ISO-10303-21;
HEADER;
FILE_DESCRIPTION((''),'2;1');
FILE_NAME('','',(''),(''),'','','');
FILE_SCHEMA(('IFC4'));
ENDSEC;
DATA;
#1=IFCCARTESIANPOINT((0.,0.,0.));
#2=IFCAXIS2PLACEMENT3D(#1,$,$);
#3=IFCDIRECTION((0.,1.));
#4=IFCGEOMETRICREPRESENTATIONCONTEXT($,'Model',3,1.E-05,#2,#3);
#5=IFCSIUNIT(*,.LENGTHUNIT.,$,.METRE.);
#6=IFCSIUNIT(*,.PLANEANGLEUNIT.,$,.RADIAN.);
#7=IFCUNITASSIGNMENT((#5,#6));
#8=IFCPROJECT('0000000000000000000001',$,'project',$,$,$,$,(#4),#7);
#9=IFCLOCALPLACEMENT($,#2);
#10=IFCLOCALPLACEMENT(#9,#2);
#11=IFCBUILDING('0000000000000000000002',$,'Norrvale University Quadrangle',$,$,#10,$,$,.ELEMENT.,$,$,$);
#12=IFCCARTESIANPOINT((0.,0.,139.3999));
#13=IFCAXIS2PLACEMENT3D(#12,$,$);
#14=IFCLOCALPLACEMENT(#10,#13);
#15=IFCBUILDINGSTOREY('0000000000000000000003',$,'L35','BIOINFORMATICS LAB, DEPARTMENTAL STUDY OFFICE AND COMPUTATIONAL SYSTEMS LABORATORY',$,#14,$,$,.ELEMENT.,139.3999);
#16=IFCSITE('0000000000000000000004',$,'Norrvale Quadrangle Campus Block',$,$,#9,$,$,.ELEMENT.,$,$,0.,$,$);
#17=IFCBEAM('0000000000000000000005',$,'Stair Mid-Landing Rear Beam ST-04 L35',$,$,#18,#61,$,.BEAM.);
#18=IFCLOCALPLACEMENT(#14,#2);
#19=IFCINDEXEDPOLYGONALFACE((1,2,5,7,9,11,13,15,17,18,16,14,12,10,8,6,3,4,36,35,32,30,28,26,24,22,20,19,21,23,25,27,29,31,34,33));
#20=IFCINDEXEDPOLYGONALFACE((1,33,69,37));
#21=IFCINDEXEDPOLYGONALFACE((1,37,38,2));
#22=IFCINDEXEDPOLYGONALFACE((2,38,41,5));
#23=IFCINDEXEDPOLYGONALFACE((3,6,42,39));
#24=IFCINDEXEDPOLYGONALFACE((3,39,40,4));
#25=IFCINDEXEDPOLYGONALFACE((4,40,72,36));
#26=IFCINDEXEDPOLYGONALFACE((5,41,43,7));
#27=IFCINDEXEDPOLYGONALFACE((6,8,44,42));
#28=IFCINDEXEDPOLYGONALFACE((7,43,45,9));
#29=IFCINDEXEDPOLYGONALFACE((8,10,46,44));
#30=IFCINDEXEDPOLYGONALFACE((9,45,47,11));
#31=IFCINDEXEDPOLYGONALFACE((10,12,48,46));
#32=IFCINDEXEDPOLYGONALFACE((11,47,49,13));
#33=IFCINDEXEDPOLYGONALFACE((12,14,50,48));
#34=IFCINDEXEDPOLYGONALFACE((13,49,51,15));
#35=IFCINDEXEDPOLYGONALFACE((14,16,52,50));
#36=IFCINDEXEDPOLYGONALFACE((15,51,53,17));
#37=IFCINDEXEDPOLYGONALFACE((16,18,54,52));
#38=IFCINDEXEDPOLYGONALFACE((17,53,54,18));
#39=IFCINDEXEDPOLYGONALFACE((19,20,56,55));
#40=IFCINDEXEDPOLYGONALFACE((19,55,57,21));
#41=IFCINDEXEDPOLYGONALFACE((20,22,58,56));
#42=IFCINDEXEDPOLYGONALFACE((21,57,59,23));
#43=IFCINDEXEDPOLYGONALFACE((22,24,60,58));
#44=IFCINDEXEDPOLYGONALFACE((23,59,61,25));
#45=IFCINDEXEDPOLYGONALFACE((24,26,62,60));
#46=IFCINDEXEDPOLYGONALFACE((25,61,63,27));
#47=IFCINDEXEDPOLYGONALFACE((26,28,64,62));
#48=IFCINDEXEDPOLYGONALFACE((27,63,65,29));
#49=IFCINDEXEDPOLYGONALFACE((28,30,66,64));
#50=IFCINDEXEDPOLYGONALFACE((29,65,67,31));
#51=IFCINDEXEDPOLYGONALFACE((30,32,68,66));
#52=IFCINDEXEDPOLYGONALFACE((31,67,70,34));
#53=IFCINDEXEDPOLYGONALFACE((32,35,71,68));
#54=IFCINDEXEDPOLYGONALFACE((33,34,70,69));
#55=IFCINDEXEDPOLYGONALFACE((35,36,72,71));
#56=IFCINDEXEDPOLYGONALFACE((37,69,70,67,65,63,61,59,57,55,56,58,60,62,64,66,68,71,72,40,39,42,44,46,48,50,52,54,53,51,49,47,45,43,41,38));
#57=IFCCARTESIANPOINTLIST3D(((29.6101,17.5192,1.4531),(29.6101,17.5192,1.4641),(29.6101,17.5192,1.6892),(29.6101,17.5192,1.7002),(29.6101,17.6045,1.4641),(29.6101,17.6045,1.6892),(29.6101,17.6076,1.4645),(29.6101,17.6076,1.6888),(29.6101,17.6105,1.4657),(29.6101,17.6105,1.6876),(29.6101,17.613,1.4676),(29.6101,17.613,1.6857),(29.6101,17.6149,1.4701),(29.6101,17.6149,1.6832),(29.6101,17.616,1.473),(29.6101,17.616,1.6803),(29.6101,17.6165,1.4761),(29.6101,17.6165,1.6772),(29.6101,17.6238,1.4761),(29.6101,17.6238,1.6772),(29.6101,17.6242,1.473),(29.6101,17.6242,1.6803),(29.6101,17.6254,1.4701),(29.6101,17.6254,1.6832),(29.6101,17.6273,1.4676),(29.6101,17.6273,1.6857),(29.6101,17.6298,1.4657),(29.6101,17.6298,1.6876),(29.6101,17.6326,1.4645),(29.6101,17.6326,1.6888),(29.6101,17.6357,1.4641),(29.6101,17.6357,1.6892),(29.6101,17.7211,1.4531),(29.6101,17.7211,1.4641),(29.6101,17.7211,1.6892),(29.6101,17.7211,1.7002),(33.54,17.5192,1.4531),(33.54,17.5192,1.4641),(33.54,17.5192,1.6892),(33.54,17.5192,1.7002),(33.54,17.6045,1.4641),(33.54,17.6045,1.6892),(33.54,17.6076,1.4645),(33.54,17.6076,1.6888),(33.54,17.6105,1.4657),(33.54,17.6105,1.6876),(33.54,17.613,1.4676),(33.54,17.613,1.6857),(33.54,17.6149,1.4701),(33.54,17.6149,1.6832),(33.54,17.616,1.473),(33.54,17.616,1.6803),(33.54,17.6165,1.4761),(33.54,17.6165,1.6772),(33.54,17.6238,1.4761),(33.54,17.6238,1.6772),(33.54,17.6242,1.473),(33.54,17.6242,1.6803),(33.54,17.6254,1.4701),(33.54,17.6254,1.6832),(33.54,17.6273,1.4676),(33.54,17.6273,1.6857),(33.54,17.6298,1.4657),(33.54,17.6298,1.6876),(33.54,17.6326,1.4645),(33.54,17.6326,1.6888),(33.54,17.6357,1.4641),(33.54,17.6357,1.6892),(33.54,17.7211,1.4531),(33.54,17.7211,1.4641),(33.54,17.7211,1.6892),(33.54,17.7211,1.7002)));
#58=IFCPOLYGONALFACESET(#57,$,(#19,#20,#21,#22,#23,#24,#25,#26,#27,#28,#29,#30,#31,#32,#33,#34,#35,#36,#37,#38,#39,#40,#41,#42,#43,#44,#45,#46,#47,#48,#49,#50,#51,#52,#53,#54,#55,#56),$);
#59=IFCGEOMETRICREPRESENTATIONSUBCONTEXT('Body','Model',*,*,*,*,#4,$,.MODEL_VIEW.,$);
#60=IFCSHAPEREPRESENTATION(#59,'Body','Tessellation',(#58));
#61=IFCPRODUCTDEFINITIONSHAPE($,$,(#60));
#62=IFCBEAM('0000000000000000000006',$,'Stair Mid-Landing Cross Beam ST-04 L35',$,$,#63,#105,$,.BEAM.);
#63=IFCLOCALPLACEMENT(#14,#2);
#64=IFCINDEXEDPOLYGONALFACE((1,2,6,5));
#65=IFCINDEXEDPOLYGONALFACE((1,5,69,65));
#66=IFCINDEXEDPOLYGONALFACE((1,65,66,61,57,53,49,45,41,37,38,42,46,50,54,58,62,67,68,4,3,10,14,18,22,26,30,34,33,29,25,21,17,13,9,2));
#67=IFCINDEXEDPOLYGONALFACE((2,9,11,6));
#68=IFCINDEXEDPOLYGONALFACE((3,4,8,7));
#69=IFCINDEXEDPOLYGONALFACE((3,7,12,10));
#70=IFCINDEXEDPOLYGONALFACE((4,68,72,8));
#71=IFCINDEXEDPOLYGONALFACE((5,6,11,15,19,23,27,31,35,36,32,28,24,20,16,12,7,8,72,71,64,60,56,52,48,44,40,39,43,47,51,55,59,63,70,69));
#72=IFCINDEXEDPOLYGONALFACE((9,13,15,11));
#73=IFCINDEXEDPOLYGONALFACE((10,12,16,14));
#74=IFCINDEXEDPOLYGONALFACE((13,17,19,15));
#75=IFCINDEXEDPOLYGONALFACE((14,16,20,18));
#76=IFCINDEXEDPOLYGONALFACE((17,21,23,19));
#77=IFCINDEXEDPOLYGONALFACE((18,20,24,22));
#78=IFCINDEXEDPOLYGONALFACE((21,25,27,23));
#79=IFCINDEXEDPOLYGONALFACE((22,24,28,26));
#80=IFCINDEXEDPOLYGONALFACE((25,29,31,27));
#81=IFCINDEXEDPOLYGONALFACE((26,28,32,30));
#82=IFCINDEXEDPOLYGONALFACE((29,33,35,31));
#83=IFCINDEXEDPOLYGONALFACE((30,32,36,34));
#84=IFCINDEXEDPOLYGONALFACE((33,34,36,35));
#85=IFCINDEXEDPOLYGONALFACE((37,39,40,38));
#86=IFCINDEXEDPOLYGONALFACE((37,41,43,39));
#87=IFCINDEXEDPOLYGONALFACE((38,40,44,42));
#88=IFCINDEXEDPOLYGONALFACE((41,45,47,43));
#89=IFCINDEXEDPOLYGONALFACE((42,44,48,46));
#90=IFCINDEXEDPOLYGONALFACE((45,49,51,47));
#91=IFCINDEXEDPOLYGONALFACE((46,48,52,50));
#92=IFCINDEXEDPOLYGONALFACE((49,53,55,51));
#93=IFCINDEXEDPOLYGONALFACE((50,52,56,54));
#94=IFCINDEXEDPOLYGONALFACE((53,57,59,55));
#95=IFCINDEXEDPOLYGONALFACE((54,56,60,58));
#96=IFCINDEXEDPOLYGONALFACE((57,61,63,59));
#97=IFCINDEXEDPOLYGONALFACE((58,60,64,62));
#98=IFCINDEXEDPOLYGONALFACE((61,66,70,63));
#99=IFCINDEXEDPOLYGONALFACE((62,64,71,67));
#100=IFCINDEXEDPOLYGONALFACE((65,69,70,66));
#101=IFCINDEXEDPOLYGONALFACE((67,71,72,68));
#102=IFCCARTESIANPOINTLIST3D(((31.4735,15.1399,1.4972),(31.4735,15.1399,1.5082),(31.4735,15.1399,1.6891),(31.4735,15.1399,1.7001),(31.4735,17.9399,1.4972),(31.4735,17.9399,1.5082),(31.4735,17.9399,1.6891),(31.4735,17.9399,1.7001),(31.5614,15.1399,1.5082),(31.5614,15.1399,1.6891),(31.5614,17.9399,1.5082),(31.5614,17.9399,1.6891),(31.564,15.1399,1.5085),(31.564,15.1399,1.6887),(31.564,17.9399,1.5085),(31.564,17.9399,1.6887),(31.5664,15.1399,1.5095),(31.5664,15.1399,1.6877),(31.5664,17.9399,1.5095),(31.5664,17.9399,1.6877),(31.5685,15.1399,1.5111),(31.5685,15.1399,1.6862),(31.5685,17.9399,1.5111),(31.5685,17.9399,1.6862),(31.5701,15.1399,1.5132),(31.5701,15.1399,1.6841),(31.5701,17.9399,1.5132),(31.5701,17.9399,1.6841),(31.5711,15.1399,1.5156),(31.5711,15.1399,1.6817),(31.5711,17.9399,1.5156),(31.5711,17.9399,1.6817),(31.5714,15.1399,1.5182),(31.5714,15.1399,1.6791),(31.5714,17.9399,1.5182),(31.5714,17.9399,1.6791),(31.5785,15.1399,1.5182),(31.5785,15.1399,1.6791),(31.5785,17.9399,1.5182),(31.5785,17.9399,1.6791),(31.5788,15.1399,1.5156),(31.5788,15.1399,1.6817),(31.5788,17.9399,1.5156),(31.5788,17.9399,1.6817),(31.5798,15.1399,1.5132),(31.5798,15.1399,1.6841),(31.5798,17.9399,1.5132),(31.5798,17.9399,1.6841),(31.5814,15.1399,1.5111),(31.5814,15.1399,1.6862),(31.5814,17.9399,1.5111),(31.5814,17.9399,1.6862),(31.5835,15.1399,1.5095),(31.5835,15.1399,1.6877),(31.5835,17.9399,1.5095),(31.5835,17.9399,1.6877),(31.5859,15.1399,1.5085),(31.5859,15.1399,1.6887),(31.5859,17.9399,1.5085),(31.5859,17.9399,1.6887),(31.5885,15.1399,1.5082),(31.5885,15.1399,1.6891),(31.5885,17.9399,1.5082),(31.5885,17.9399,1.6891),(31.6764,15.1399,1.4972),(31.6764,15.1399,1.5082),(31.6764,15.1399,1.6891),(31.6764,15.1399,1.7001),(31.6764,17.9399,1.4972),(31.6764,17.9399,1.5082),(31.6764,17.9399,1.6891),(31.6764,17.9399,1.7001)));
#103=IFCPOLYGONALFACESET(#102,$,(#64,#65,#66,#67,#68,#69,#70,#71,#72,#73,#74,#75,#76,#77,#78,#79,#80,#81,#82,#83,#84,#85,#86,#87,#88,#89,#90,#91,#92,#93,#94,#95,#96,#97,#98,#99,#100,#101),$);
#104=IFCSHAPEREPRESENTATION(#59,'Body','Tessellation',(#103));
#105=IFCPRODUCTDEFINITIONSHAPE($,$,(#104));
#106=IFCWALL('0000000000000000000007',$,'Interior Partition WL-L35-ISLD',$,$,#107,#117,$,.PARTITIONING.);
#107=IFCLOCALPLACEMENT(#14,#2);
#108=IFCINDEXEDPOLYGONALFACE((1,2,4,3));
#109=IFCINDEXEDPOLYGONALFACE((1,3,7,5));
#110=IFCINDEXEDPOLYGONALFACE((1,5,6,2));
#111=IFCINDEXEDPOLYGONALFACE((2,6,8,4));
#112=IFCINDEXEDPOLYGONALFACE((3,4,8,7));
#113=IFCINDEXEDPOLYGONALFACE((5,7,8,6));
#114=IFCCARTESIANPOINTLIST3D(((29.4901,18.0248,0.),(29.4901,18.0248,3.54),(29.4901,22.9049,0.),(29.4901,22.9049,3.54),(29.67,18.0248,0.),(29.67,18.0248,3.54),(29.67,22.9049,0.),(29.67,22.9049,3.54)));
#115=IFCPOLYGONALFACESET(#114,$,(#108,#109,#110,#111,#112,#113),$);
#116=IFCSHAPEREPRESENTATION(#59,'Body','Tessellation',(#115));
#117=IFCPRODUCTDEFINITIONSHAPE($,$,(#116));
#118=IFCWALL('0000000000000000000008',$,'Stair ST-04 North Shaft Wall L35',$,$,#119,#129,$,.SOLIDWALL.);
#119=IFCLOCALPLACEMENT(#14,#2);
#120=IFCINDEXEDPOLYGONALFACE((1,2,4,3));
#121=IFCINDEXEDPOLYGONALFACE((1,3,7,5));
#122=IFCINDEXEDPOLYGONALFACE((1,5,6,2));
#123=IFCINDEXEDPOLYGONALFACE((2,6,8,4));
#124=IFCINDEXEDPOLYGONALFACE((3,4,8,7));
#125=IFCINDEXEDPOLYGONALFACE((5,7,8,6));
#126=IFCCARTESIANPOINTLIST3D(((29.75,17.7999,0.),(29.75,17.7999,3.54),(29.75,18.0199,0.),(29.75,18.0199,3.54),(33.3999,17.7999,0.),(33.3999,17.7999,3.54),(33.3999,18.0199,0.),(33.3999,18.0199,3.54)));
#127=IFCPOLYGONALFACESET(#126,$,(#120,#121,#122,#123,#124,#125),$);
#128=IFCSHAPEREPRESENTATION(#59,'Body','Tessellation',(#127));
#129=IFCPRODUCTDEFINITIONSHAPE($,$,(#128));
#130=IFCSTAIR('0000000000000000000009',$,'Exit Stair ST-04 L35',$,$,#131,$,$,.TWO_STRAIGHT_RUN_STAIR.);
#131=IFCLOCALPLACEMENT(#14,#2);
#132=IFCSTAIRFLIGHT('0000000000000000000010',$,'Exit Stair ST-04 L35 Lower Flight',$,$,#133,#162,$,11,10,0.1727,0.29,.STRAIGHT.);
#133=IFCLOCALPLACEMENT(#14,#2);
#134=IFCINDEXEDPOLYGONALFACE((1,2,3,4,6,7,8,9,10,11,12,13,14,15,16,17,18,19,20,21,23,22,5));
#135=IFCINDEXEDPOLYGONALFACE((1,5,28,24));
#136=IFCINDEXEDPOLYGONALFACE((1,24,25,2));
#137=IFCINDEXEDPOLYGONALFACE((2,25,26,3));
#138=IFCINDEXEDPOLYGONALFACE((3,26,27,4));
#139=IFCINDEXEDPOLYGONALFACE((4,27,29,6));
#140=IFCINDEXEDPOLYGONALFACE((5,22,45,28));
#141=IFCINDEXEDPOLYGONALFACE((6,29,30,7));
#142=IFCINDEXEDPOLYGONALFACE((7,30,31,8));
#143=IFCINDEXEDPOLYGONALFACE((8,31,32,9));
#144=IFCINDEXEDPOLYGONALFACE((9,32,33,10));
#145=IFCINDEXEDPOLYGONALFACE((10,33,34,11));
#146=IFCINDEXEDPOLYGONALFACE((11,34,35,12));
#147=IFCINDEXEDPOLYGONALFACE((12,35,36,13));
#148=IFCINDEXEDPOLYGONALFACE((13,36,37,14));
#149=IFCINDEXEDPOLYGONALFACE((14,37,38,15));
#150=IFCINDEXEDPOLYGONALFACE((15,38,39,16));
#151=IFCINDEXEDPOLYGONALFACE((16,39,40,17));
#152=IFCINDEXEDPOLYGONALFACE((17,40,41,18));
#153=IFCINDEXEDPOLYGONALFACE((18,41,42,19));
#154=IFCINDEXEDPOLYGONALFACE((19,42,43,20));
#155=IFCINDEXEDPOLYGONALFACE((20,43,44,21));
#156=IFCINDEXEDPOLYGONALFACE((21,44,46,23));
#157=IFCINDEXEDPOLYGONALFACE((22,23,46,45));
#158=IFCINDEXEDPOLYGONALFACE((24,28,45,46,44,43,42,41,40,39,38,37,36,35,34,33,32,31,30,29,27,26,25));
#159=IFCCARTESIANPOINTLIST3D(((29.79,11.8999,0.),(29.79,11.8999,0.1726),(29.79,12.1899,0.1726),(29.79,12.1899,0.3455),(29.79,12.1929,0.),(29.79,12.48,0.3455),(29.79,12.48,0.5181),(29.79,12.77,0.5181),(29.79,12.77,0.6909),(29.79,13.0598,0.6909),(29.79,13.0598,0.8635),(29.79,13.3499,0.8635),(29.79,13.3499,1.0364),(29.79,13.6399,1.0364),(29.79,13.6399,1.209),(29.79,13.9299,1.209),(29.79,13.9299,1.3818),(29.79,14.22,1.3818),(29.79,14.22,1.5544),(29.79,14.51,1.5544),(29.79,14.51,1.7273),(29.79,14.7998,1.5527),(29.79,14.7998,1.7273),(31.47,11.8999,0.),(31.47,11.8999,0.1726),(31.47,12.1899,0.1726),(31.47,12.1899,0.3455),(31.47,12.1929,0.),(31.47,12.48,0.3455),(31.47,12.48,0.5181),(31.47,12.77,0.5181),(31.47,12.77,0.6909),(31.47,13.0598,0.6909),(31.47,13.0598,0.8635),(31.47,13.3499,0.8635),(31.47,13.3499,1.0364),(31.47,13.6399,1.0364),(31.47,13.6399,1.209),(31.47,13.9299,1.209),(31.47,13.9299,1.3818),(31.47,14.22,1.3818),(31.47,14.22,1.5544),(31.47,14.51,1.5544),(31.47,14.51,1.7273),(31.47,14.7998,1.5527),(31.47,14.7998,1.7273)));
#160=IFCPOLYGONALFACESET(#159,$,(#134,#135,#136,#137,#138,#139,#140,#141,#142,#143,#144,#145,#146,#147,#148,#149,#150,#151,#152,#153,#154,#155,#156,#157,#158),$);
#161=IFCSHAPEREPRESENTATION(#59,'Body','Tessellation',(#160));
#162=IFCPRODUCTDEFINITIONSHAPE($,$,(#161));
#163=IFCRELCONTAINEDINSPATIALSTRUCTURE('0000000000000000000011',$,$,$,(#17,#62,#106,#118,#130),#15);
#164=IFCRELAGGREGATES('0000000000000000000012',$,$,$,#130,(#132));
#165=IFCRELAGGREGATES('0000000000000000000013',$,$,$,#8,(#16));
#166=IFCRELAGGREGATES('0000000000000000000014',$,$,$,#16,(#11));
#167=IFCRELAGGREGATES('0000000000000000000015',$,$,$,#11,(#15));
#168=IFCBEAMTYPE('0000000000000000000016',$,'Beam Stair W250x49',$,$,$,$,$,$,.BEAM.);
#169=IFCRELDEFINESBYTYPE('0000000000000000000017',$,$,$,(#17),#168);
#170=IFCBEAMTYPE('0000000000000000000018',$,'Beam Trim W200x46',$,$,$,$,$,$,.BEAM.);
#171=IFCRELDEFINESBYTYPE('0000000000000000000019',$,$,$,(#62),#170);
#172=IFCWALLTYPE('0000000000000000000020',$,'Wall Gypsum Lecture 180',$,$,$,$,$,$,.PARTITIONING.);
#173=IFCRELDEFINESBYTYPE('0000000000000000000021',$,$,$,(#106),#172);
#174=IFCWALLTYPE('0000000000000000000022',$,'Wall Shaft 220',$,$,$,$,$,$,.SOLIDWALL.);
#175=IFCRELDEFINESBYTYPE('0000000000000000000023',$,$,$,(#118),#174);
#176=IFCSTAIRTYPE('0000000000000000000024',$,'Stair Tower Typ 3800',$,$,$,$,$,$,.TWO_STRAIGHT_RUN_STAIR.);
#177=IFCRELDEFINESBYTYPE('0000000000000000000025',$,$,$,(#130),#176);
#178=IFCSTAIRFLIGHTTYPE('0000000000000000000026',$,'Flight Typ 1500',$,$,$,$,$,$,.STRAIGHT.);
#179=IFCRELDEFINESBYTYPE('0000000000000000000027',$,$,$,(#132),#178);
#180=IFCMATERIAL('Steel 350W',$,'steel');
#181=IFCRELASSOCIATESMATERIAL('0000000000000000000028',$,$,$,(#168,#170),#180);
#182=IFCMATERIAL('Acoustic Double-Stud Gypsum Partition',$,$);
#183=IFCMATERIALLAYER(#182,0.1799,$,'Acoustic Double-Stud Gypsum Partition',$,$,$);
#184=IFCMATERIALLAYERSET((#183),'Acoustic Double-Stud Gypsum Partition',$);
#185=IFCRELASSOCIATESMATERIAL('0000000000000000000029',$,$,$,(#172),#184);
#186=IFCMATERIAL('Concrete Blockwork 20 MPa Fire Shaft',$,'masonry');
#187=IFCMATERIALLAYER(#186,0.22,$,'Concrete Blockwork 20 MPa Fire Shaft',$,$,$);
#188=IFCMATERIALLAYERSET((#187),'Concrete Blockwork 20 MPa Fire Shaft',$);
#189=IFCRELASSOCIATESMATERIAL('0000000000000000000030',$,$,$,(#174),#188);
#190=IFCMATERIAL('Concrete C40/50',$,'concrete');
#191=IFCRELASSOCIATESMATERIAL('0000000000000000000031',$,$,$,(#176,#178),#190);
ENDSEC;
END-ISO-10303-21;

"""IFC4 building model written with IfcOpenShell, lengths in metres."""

from ifc_helpers import new_model, si_unit, direction, frame, frame_2d, origin, origin_2d, place, context, subcontext, project, spatial, polyline, rectangle, i_section, outline, extrude, material, layer, layer_set, material_profile, profile_set, type_object, element, aggregate, save


model = new_model("IFC4")

# Units and contexts
model_context = context("Model", 3, precision=1e-05, world=origin(), true_north=direction((0.0, 1.0)))
body_context = subcontext(model_context, "Body", "Model", "MODEL_VIEW")
ifc_project = project(units=[si_unit("LENGTHUNIT", "METRE"), si_unit("PLANEANGLEUNIT", "RADIAN")], contexts=[model_context])

# Site, building, storey
site_placement = place(None, origin())
site = spatial("IfcSite", under=ifc_project, at=site_placement, Name="Norrvale Quadrangle Campus Block", CompositionType="ELEMENT", RefElevation=0.0)
building_placement = place(site_placement, origin())
building = spatial("IfcBuilding", under=site, at=building_placement, Name="Norrvale University Quadrangle", CompositionType="ELEMENT")
storey_placement = place(building_placement, frame((0.0, 0.0, 139.3999)))
storey = spatial("IfcBuildingStorey", under=building, at=storey_placement, Name="L35", Description="BIOINFORMATICS LAB, DEPARTMENTAL STUDY OFFICE AND COMPUTATIONAL SYSTEMS LABORATORY", CompositionType="ELEMENT", Elevation=139.3999)

# Beams
ifc_material_1 = material(Name="Steel 350W", Category="steel")
ifc_material_profile_1 = material_profile(ifc_material_1, i_section(OverallWidth=0.2019, OverallDepth=0.2471, WebThickness=0.0073, FlangeThickness=0.011, FilletRadius=0.012, at=origin_2d()), Name="Steel 350W")
ifc_profile_set_1 = profile_set([ifc_material_profile_1], Name="Steel 350W")
beam_type_1 = type_object("IfcBeamType", Name="Beam Stair W250x49", PredefinedType="BEAM", material=ifc_profile_set_1)
for number, where, z_axis, x_axis, name in (
    (1, (29.6101, 17.6201, 1.5767), (1.0, 0.0, 0.0), (0.0, 1.0, 0.0), "Stair Mid-Landing Rear Beam ST-04 L35"),
):
    element("IfcBeam", number, at=place(storey_placement, frame(where, z_axis=z_axis, x_axis=x_axis)), inside=storey, type_object=beam_type_1, Name=name, PredefinedType="BEAM", context=body_context, shape_type="SweptSolid", body=[
        extrude(i_section(OverallWidth=0.2019, OverallDepth=0.2471, WebThickness=0.0073, FlangeThickness=0.011, FilletRadius=0.012, at=origin_2d()), origin(), (0.0, 0.0, 1.0), 3.9299),
    ])
ifc_material_profile_2 = material_profile(ifc_material_1, i_section(OverallWidth=0.2029, OverallDepth=0.2029, WebThickness=0.0071, FlangeThickness=0.011, FilletRadius=0.01, at=origin_2d()), Name="Steel 350W")
ifc_profile_set_2 = profile_set([ifc_material_profile_2], Name="Steel 350W")
beam_type_2 = type_object("IfcBeamType", Name="Beam Trim W200x46", PredefinedType="BEAM", material=ifc_profile_set_2)
beam_1_placement = place(storey_placement, frame((31.575, 15.1399, 1.5986), z_axis=(0.0, 1.0, 0.0), x_axis=(-1.0, 0.0, 0.0)))
element("IfcBeam", 2, at=beam_1_placement, inside=storey, type_object=beam_type_2, Name="Stair Mid-Landing Cross Beam ST-04 L35", PredefinedType="BEAM", context=body_context, shape_type="SweptSolid", body=[
    extrude(i_section(OverallWidth=0.2029, OverallDepth=0.2029, WebThickness=0.0071, FlangeThickness=0.011, FilletRadius=0.01, at=origin_2d()), origin(), (0.0, 0.0, 1.0), 2.8),
])

# Walls
ifc_material_2 = material(Name="Acoustic Double-Stud Gypsum Partition")
ifc_layer_1 = layer(ifc_material_2, 0.1799, Name="Acoustic Double-Stud Gypsum Partition")
ifc_layer_set_1 = layer_set([ifc_layer_1], Name="Acoustic Double-Stud Gypsum Partition")
wall_type_1 = type_object("IfcWallType", Name="Wall Gypsum Lecture 180", PredefinedType="PARTITIONING", material=ifc_layer_set_1)
wall_1_placement = place(storey_placement, frame((29.5801, 18.0249, 0.0), z_axis=(0.0, 0.0, 1.0), x_axis=(0.0, 1.0, 0.0)))
element("IfcWall", 3, at=wall_1_placement, inside=storey, type_object=wall_type_1, Name="Interior Partition WL-L35-ISLD", PredefinedType="PARTITIONING", context=body_context, shape_type="SweptSolid", body=[
    extrude(rectangle(XDim=4.8801, YDim=0.1799, at=frame_2d((2.4399, 0.0))), origin(), (0.0, 0.0, 1.0), 3.54),
])
ifc_material_3 = material(Name="Concrete Blockwork 20 MPa Fire Shaft", Category="masonry")
ifc_layer_2 = layer(ifc_material_3, 0.22, Name="Concrete Blockwork 20 MPa Fire Shaft")
ifc_layer_set_2 = layer_set([ifc_layer_2], Name="Concrete Blockwork 20 MPa Fire Shaft")
wall_type_2 = type_object("IfcWallType", Name="Wall Shaft 220", PredefinedType="SOLIDWALL", material=ifc_layer_set_2)
wall_2_placement = place(storey_placement, frame((29.75, 17.9099, 0.0), z_axis=(0.0, 0.0, 1.0), x_axis=(1.0, 0.0, 0.0)))
element("IfcWall", 4, at=wall_2_placement, inside=storey, type_object=wall_type_2, Name="Stair ST-04 North Shaft Wall L35", PredefinedType="SOLIDWALL", context=body_context, shape_type="SweptSolid", body=[
    extrude(rectangle(XDim=3.6499, YDim=0.22, at=frame_2d((1.825, 0.0))), origin(), (0.0, 0.0, 1.0), 3.54),
])

# Stair, stair flight
ifc_material_4 = material(Name="Concrete C40/50", Category="concrete")
stair_type = type_object("IfcStairType", Name="Stair Tower Typ 3800", PredefinedType="TWO_STRAIGHT_RUN_STAIR", material=ifc_material_4)
stair_placement = place(storey_placement, origin())
stair = element("IfcStair", 5, at=stair_placement, inside=storey, type_object=stair_type, Name="Exit Stair ST-04 L35", PredefinedType="TWO_STRAIGHT_RUN_STAIR")
stair_flight_type = type_object("IfcStairFlightType", Name="Flight Typ 1500", PredefinedType="STRAIGHT", material=ifc_material_4)
stair_flight_1_placement = place(storey_placement, frame((30.6299, 11.8999, 0.0), z_axis=(0.0, 0.0, 1.0), x_axis=(0.0, 1.0, 0.0)))
stair_flight_1 = element("IfcStairFlight", 6, at=stair_flight_1_placement, type_object=stair_flight_type, Name="Exit Stair ST-04 L35 Lower Flight", NumberOfRisers=11, NumberOfTreads=10, PredefinedType="STRAIGHT", RiserHeight=0.1727, TreadLength=0.29, context=body_context, shape_type="SweptSolid", body=[
    extrude(outline(polyline([(0.0, 0.0), (0.0, 0.1726), (0.29, 0.1726), (0.29, 0.3455), (0.5801, 0.3455), (0.5801, 0.5181), (0.8701, 0.5181), (0.8701, 0.6909), (1.1599, 0.6909), (1.1599, 0.8635), (1.45, 0.8635), (1.45, 1.0364), (1.74, 1.0364), (1.74, 1.209), (2.03, 1.209), (2.03, 1.3818), (2.3201, 1.3818), (2.3201, 1.5544), (2.6101, 1.5544), (2.6101, 1.7273), (2.8999, 1.7273), (2.8999, 1.8999), (2.8999, 1.5527), (0.293, 0.0), (0.0, 0.0)])), frame((0.0, 0.8398, 0.0), z_axis=(0.0, -1.0, 0.0), x_axis=(1.0, 0.0, 0.0)), (0.0, 0.0, 1.0), 1.6799),
])
aggregate(stair, [stair_flight_1])

save(model, "model.ifc")
